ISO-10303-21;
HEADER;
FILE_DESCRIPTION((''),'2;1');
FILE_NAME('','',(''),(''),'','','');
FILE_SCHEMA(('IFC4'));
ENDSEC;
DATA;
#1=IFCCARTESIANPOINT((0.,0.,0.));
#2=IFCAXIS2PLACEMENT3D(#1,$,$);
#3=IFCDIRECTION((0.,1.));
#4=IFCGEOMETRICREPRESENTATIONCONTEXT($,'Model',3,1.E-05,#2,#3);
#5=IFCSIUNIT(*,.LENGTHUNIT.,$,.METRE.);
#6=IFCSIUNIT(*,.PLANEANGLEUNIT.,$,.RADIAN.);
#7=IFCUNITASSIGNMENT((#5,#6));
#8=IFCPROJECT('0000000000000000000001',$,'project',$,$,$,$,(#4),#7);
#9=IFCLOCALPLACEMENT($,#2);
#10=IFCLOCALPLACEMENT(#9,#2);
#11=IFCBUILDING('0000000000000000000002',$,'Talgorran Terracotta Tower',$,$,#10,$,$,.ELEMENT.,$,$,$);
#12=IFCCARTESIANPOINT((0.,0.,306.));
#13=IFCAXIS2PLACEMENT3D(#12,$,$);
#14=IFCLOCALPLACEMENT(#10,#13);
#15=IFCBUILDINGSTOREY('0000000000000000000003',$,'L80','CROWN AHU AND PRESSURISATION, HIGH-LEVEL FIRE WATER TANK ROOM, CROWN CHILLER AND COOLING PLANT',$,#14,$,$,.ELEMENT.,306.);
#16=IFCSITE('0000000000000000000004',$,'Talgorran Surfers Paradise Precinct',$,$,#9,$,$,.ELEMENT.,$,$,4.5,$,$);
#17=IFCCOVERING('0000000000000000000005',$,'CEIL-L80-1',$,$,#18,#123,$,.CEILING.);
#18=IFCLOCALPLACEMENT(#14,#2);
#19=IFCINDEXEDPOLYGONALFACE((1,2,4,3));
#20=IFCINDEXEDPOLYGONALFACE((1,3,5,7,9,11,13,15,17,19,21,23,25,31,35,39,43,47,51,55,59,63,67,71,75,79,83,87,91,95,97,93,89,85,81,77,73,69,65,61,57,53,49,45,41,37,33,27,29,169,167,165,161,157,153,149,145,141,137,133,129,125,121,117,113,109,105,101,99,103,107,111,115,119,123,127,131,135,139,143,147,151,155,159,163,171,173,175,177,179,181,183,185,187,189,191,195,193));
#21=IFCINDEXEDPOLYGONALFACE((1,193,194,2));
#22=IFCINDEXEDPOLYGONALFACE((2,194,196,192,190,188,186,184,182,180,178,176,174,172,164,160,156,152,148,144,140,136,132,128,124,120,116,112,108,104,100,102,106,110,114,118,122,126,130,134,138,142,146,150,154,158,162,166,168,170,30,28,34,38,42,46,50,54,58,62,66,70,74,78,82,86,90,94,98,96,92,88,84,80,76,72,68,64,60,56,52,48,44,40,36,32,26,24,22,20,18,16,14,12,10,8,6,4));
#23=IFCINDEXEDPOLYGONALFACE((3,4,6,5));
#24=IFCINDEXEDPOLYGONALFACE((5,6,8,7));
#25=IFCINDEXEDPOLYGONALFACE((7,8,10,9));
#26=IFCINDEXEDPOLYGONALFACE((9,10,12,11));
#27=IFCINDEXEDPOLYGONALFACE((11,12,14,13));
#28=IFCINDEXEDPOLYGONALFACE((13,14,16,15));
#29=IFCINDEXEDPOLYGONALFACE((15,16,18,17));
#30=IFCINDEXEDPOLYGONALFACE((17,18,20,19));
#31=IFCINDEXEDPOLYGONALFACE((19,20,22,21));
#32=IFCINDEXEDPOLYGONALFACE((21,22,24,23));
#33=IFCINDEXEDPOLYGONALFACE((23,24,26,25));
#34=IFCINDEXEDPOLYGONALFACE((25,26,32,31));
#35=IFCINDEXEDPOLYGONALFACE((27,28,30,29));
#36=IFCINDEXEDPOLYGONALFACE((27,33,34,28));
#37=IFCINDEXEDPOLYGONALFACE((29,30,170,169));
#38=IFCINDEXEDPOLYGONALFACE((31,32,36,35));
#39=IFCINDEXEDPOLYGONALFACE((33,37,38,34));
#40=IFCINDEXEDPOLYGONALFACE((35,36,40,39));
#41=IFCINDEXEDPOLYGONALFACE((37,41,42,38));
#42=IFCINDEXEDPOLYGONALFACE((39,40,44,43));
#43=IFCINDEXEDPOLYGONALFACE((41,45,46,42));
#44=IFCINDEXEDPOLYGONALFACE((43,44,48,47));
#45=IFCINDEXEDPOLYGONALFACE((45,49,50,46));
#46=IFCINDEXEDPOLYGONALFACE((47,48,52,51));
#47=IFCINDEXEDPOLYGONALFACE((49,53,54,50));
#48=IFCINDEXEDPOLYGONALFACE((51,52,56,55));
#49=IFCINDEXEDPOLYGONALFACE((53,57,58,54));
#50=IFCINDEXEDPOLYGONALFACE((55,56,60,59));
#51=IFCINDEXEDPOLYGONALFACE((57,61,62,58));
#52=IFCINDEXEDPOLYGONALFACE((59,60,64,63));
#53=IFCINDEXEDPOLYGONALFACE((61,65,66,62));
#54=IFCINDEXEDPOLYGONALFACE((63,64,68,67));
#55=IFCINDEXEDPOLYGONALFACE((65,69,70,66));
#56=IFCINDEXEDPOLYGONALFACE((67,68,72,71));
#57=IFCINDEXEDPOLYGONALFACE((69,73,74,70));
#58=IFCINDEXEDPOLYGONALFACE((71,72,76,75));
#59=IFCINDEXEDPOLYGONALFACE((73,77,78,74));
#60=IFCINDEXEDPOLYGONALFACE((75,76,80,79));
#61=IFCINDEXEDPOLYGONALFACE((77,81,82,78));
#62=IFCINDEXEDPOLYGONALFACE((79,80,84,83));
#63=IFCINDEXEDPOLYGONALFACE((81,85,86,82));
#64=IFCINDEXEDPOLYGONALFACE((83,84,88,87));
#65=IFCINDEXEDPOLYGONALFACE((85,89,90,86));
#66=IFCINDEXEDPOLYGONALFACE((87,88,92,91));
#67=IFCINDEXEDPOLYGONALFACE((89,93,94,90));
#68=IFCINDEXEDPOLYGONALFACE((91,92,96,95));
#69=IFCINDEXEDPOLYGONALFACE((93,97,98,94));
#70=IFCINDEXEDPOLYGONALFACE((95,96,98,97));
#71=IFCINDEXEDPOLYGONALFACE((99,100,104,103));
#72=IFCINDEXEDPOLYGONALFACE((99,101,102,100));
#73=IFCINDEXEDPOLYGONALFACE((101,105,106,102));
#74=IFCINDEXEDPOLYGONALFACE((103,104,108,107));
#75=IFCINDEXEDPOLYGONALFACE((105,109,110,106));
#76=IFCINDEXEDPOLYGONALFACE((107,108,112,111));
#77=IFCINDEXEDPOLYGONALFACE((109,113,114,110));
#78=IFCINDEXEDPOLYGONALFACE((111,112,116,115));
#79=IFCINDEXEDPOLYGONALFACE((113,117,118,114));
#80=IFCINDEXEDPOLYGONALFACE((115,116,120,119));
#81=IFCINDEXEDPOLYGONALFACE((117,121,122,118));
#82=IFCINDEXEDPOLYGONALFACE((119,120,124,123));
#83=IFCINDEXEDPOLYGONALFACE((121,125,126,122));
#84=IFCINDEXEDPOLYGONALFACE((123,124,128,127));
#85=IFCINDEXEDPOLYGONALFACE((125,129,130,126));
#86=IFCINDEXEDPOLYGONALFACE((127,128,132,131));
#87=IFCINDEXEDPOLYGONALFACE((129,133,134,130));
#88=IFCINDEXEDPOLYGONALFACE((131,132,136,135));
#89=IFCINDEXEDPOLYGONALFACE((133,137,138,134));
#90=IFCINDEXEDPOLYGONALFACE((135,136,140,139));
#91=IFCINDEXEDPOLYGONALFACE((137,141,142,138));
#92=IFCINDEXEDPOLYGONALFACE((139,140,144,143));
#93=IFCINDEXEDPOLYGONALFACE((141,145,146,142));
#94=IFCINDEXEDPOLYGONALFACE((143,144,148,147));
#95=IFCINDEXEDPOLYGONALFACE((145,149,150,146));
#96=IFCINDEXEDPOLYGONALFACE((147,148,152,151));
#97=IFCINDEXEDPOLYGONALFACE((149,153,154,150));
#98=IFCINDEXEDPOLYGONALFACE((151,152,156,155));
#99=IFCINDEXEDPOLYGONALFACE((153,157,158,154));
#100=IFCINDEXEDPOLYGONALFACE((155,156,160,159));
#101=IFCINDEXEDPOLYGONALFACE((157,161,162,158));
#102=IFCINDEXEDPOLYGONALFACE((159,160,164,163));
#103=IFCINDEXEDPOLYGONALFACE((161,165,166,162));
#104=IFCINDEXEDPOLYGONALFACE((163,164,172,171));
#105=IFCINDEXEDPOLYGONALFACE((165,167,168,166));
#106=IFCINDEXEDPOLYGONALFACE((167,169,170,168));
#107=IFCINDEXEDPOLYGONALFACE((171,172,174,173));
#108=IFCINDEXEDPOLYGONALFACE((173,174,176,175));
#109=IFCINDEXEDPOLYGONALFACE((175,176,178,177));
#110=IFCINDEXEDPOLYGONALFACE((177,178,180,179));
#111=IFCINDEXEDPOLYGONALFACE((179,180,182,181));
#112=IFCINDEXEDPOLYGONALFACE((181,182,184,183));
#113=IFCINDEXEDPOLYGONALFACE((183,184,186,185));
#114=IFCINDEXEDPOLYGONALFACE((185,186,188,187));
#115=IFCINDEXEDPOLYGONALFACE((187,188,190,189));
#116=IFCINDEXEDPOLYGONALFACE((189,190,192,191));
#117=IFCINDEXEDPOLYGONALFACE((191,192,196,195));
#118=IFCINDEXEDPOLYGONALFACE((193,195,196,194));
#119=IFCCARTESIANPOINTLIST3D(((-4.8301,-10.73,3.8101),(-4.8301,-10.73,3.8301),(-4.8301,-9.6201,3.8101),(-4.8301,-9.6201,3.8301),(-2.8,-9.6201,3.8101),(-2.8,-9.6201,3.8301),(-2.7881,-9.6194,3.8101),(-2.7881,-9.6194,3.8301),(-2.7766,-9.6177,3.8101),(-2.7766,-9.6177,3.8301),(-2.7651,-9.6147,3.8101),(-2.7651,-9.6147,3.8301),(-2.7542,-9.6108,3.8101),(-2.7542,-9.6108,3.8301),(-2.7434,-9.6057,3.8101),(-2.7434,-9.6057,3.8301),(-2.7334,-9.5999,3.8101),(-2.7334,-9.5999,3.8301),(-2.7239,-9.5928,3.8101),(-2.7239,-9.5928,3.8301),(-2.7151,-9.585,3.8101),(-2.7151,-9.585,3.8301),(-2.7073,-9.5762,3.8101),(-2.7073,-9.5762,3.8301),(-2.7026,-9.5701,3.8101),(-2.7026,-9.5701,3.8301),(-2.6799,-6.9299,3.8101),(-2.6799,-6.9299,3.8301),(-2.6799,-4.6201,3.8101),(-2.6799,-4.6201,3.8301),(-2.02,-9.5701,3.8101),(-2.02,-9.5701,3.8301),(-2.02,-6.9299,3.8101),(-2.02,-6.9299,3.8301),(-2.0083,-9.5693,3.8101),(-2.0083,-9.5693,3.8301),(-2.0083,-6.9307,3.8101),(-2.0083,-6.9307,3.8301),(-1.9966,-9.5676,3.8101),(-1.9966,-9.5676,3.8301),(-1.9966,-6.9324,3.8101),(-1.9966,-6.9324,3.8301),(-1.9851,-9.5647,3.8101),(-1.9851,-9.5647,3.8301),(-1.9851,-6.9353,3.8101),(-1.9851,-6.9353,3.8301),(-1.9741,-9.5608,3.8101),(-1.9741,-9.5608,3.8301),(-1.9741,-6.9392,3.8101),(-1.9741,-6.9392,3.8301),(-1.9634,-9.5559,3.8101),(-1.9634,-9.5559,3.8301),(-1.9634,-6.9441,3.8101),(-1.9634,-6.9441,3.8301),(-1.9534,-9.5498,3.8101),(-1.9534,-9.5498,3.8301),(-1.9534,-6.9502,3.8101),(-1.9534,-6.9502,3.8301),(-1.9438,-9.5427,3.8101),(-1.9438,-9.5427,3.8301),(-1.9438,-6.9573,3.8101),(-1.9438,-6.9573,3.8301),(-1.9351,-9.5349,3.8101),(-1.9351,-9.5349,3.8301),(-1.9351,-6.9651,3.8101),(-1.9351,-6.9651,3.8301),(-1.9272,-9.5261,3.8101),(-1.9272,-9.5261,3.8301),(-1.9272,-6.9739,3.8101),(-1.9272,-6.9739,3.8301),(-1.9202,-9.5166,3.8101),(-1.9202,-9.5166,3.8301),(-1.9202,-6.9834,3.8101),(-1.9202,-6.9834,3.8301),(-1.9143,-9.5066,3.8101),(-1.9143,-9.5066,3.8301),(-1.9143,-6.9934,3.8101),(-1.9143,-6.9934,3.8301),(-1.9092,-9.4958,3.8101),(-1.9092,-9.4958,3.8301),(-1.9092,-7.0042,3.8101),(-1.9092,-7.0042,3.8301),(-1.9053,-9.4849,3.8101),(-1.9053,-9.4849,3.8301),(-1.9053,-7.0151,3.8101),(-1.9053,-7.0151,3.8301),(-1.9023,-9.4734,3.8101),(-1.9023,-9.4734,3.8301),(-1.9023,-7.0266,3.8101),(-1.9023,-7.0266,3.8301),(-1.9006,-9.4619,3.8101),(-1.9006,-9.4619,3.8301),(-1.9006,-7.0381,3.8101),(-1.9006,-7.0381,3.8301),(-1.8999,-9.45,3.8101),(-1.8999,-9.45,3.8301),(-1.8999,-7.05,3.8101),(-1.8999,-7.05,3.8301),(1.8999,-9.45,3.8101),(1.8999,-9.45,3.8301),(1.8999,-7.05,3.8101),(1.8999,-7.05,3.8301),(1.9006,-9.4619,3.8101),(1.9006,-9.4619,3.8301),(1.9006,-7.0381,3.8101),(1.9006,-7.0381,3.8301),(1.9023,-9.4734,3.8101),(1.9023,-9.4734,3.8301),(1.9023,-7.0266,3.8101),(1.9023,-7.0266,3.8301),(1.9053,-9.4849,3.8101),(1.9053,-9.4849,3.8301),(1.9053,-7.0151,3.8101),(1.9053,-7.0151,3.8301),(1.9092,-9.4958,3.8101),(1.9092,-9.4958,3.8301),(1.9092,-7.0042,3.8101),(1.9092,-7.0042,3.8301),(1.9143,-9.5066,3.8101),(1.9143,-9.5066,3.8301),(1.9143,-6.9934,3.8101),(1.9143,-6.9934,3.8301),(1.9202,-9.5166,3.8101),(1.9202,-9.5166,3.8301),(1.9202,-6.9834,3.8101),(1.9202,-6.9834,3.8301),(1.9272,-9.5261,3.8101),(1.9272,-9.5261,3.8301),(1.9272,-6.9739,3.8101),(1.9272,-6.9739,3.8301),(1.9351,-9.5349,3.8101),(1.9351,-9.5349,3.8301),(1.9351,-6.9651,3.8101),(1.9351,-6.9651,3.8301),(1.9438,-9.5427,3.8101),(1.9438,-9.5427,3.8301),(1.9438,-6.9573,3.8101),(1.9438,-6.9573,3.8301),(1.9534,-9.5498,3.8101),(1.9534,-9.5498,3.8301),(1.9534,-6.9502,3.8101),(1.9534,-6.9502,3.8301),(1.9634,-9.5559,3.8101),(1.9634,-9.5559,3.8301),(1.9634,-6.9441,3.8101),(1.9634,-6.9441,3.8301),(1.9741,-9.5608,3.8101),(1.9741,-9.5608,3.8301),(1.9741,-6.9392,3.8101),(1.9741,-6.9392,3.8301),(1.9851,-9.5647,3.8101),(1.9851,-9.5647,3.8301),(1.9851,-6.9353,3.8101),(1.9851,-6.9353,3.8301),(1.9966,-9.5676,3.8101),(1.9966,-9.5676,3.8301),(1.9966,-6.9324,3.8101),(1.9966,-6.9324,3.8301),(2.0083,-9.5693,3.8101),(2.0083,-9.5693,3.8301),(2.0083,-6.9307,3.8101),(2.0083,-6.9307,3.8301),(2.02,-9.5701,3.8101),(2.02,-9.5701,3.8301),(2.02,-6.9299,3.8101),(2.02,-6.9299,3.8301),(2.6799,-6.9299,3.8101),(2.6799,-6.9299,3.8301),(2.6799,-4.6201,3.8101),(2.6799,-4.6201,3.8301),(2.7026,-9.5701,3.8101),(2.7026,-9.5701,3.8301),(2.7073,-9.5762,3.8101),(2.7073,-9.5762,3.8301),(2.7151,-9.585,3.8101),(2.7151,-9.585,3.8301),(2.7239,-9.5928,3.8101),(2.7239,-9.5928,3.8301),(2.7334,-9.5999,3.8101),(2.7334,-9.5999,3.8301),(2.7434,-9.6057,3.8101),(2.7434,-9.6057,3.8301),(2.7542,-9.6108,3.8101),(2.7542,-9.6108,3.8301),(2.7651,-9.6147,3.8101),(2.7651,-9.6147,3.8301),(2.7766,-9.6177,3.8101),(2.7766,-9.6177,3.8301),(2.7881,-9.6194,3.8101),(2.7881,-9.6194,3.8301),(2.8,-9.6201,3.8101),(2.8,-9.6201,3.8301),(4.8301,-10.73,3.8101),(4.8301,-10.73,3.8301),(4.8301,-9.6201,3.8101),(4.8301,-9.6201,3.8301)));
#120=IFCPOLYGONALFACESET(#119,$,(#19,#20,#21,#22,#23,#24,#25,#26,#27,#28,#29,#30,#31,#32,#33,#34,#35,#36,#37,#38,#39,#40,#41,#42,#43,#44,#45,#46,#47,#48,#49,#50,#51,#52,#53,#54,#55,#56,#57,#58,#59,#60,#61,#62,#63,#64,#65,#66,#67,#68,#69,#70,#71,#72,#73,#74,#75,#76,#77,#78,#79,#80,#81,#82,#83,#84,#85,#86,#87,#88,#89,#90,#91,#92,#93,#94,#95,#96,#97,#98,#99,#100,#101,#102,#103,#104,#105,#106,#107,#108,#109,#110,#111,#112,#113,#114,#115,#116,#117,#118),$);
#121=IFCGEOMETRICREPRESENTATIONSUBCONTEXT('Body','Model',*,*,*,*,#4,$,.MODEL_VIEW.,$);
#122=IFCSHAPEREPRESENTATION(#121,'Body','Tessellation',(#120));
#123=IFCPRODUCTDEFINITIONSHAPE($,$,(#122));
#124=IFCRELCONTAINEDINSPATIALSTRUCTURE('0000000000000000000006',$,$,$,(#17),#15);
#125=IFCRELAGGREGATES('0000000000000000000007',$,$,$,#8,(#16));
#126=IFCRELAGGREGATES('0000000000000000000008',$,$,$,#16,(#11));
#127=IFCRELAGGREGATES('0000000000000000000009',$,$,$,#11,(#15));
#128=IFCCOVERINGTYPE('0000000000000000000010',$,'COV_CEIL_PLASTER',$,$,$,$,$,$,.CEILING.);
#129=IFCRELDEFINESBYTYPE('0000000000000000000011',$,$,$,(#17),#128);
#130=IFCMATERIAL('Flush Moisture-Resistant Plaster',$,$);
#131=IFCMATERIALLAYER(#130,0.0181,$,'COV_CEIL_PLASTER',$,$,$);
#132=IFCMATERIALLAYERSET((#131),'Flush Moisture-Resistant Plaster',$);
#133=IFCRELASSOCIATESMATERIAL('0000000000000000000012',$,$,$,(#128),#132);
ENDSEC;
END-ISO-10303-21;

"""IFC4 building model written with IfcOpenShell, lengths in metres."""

from ifc_helpers import new_model, si_unit, direction, frame, origin, place, context, subcontext, project, spatial, polyline, outline, extrude, material, layer, layer_set, type_object, element, save


model = new_model("IFC4")

# Units and contexts
model_context = context("Model", 3, precision=1e-05, world=origin(), true_north=direction((0.0, 1.0)))
body_context = subcontext(model_context, "Body", "Model", "MODEL_VIEW")
ifc_project = project(units=[si_unit("LENGTHUNIT", "METRE"), si_unit("PLANEANGLEUNIT", "RADIAN")], contexts=[model_context])

# Site, building, storey
site_placement = place(None, origin())
site = spatial("IfcSite", under=ifc_project, at=site_placement, Name="Talgorran Surfers Paradise Precinct", CompositionType="ELEMENT", RefElevation=4.5)
building_placement = place(site_placement, origin())
building = spatial("IfcBuilding", under=site, at=building_placement, Name="Talgorran Terracotta Tower", CompositionType="ELEMENT")
storey_placement = place(building_placement, frame((0.0, 0.0, 306.0)))
storey = spatial("IfcBuildingStorey", under=building, at=storey_placement, Name="L80", Description="CROWN AHU AND PRESSURISATION, HIGH-LEVEL FIRE WATER TANK ROOM, CROWN CHILLER AND COOLING PLANT", CompositionType="ELEMENT", Elevation=306.0)

# Covering
ifc_material_1 = material(Name="Flush Moisture-Resistant Plaster")
ifc_layer_1 = layer(ifc_material_1, 0.0181, Name="COV_CEIL_PLASTER")
ifc_layer_set_1 = layer_set([ifc_layer_1], Name="Flush Moisture-Resistant Plaster")
covering_type_1 = type_object("IfcCoveringType", Name="COV_CEIL_PLASTER", PredefinedType="CEILING", material=ifc_layer_set_1)
covering_1_placement = place(storey_placement, frame((0.0, 0.0, 3.8101)))
element("IfcCovering", 1, at=covering_1_placement, inside=storey, type_object=covering_type_1, Name="CEIL-L80-1", PredefinedType="CEILING", context=body_context, shape_type="SweptSolid", body=[
    extrude(outline(polyline([(-2.7026, -9.5701), (-2.02, -9.5701), (-2.0083, -9.5693), (-1.9966, -9.5676), (-1.9851, -9.5647), (-1.9741, -9.5608), (-1.9634, -9.5559), (-1.9534, -9.5498), (-1.9438, -9.5427), (-1.9351, -9.5349), (-1.9272, -9.5261), (-1.9202, -9.5166), (-1.9143, -9.5066), (-1.9092, -9.4958), (-1.9053, -9.4849), (-1.9023, -9.4734), (-1.9006, -9.4619), (-1.8999, -9.45), (-1.8999, -7.05), (-1.9006, -7.0381), (-1.9023, -7.0266), (-1.9053, -7.0151), (-1.9092, -7.0042), (-1.9143, -6.9934), (-1.9202, -6.9834), (-1.9272, -6.9739), (-1.9351, -6.9651), (-1.9438, -6.9573), (-1.9534, -6.9502), (-1.9634, -6.9441), (-1.9741, -6.9392), (-1.9851, -6.9353), (-1.9966, -6.9324), (-2.0083, -6.9307), (-2.02, -6.9299), (-2.6799, -6.9299), (-2.6799, -4.6201), (2.6799, -4.6201), (2.6799, -6.9299), (2.02, -6.9299), (2.0083, -6.9307), (1.9966, -6.9324), (1.9851, -6.9353), (1.9741, -6.9392), (1.9634, -6.9441), (1.9534, -6.9502), (1.9438, -6.9573), (1.9351, -6.9651), (1.9272, -6.9739), (1.9202, -6.9834), (1.9143, -6.9934), (1.9092, -7.0042), (1.9053, -7.0151), (1.9023, -7.0266), (1.9006, -7.0381), (1.8999, -7.05), (1.8999, -9.45), (1.9006, -9.4619), (1.9023, -9.4734), (1.9053, -9.4849), (1.9092, -9.4958), (1.9143, -9.5066), (1.9202, -9.5166), (1.9272, -9.5261), (1.9351, -9.5349), (1.9438, -9.5427), (1.9534, -9.5498), (1.9634, -9.5559), (1.9741, -9.5608), (1.9851, -9.5647), (1.9966, -9.5676), (2.0083, -9.5693), (2.02, -9.5701), (2.7026, -9.5701), (2.7073, -9.5762), (2.7151, -9.585), (2.7239, -9.5928), (2.7334, -9.5999), (2.7434, -9.6057), (2.7542, -9.6108), (2.7651, -9.6147), (2.7766, -9.6177), (2.7881, -9.6194), (2.8, -9.6201), (4.8301, -9.6201), (4.8301, -10.73), (-4.8301, -10.73), (-4.8301, -9.6201), (-2.8, -9.6201), (-2.7881, -9.6194), (-2.7766, -9.6177), (-2.7651, -9.6147), (-2.7542, -9.6108), (-2.7434, -9.6057), (-2.7334, -9.5999), (-2.7239, -9.5928), (-2.7151, -9.585), (-2.7073, -9.5762), (-2.7026, -9.5701)])), origin(), (0.0, 0.0, 1.0), 0.02),
])

save(model, "model.ifc")
